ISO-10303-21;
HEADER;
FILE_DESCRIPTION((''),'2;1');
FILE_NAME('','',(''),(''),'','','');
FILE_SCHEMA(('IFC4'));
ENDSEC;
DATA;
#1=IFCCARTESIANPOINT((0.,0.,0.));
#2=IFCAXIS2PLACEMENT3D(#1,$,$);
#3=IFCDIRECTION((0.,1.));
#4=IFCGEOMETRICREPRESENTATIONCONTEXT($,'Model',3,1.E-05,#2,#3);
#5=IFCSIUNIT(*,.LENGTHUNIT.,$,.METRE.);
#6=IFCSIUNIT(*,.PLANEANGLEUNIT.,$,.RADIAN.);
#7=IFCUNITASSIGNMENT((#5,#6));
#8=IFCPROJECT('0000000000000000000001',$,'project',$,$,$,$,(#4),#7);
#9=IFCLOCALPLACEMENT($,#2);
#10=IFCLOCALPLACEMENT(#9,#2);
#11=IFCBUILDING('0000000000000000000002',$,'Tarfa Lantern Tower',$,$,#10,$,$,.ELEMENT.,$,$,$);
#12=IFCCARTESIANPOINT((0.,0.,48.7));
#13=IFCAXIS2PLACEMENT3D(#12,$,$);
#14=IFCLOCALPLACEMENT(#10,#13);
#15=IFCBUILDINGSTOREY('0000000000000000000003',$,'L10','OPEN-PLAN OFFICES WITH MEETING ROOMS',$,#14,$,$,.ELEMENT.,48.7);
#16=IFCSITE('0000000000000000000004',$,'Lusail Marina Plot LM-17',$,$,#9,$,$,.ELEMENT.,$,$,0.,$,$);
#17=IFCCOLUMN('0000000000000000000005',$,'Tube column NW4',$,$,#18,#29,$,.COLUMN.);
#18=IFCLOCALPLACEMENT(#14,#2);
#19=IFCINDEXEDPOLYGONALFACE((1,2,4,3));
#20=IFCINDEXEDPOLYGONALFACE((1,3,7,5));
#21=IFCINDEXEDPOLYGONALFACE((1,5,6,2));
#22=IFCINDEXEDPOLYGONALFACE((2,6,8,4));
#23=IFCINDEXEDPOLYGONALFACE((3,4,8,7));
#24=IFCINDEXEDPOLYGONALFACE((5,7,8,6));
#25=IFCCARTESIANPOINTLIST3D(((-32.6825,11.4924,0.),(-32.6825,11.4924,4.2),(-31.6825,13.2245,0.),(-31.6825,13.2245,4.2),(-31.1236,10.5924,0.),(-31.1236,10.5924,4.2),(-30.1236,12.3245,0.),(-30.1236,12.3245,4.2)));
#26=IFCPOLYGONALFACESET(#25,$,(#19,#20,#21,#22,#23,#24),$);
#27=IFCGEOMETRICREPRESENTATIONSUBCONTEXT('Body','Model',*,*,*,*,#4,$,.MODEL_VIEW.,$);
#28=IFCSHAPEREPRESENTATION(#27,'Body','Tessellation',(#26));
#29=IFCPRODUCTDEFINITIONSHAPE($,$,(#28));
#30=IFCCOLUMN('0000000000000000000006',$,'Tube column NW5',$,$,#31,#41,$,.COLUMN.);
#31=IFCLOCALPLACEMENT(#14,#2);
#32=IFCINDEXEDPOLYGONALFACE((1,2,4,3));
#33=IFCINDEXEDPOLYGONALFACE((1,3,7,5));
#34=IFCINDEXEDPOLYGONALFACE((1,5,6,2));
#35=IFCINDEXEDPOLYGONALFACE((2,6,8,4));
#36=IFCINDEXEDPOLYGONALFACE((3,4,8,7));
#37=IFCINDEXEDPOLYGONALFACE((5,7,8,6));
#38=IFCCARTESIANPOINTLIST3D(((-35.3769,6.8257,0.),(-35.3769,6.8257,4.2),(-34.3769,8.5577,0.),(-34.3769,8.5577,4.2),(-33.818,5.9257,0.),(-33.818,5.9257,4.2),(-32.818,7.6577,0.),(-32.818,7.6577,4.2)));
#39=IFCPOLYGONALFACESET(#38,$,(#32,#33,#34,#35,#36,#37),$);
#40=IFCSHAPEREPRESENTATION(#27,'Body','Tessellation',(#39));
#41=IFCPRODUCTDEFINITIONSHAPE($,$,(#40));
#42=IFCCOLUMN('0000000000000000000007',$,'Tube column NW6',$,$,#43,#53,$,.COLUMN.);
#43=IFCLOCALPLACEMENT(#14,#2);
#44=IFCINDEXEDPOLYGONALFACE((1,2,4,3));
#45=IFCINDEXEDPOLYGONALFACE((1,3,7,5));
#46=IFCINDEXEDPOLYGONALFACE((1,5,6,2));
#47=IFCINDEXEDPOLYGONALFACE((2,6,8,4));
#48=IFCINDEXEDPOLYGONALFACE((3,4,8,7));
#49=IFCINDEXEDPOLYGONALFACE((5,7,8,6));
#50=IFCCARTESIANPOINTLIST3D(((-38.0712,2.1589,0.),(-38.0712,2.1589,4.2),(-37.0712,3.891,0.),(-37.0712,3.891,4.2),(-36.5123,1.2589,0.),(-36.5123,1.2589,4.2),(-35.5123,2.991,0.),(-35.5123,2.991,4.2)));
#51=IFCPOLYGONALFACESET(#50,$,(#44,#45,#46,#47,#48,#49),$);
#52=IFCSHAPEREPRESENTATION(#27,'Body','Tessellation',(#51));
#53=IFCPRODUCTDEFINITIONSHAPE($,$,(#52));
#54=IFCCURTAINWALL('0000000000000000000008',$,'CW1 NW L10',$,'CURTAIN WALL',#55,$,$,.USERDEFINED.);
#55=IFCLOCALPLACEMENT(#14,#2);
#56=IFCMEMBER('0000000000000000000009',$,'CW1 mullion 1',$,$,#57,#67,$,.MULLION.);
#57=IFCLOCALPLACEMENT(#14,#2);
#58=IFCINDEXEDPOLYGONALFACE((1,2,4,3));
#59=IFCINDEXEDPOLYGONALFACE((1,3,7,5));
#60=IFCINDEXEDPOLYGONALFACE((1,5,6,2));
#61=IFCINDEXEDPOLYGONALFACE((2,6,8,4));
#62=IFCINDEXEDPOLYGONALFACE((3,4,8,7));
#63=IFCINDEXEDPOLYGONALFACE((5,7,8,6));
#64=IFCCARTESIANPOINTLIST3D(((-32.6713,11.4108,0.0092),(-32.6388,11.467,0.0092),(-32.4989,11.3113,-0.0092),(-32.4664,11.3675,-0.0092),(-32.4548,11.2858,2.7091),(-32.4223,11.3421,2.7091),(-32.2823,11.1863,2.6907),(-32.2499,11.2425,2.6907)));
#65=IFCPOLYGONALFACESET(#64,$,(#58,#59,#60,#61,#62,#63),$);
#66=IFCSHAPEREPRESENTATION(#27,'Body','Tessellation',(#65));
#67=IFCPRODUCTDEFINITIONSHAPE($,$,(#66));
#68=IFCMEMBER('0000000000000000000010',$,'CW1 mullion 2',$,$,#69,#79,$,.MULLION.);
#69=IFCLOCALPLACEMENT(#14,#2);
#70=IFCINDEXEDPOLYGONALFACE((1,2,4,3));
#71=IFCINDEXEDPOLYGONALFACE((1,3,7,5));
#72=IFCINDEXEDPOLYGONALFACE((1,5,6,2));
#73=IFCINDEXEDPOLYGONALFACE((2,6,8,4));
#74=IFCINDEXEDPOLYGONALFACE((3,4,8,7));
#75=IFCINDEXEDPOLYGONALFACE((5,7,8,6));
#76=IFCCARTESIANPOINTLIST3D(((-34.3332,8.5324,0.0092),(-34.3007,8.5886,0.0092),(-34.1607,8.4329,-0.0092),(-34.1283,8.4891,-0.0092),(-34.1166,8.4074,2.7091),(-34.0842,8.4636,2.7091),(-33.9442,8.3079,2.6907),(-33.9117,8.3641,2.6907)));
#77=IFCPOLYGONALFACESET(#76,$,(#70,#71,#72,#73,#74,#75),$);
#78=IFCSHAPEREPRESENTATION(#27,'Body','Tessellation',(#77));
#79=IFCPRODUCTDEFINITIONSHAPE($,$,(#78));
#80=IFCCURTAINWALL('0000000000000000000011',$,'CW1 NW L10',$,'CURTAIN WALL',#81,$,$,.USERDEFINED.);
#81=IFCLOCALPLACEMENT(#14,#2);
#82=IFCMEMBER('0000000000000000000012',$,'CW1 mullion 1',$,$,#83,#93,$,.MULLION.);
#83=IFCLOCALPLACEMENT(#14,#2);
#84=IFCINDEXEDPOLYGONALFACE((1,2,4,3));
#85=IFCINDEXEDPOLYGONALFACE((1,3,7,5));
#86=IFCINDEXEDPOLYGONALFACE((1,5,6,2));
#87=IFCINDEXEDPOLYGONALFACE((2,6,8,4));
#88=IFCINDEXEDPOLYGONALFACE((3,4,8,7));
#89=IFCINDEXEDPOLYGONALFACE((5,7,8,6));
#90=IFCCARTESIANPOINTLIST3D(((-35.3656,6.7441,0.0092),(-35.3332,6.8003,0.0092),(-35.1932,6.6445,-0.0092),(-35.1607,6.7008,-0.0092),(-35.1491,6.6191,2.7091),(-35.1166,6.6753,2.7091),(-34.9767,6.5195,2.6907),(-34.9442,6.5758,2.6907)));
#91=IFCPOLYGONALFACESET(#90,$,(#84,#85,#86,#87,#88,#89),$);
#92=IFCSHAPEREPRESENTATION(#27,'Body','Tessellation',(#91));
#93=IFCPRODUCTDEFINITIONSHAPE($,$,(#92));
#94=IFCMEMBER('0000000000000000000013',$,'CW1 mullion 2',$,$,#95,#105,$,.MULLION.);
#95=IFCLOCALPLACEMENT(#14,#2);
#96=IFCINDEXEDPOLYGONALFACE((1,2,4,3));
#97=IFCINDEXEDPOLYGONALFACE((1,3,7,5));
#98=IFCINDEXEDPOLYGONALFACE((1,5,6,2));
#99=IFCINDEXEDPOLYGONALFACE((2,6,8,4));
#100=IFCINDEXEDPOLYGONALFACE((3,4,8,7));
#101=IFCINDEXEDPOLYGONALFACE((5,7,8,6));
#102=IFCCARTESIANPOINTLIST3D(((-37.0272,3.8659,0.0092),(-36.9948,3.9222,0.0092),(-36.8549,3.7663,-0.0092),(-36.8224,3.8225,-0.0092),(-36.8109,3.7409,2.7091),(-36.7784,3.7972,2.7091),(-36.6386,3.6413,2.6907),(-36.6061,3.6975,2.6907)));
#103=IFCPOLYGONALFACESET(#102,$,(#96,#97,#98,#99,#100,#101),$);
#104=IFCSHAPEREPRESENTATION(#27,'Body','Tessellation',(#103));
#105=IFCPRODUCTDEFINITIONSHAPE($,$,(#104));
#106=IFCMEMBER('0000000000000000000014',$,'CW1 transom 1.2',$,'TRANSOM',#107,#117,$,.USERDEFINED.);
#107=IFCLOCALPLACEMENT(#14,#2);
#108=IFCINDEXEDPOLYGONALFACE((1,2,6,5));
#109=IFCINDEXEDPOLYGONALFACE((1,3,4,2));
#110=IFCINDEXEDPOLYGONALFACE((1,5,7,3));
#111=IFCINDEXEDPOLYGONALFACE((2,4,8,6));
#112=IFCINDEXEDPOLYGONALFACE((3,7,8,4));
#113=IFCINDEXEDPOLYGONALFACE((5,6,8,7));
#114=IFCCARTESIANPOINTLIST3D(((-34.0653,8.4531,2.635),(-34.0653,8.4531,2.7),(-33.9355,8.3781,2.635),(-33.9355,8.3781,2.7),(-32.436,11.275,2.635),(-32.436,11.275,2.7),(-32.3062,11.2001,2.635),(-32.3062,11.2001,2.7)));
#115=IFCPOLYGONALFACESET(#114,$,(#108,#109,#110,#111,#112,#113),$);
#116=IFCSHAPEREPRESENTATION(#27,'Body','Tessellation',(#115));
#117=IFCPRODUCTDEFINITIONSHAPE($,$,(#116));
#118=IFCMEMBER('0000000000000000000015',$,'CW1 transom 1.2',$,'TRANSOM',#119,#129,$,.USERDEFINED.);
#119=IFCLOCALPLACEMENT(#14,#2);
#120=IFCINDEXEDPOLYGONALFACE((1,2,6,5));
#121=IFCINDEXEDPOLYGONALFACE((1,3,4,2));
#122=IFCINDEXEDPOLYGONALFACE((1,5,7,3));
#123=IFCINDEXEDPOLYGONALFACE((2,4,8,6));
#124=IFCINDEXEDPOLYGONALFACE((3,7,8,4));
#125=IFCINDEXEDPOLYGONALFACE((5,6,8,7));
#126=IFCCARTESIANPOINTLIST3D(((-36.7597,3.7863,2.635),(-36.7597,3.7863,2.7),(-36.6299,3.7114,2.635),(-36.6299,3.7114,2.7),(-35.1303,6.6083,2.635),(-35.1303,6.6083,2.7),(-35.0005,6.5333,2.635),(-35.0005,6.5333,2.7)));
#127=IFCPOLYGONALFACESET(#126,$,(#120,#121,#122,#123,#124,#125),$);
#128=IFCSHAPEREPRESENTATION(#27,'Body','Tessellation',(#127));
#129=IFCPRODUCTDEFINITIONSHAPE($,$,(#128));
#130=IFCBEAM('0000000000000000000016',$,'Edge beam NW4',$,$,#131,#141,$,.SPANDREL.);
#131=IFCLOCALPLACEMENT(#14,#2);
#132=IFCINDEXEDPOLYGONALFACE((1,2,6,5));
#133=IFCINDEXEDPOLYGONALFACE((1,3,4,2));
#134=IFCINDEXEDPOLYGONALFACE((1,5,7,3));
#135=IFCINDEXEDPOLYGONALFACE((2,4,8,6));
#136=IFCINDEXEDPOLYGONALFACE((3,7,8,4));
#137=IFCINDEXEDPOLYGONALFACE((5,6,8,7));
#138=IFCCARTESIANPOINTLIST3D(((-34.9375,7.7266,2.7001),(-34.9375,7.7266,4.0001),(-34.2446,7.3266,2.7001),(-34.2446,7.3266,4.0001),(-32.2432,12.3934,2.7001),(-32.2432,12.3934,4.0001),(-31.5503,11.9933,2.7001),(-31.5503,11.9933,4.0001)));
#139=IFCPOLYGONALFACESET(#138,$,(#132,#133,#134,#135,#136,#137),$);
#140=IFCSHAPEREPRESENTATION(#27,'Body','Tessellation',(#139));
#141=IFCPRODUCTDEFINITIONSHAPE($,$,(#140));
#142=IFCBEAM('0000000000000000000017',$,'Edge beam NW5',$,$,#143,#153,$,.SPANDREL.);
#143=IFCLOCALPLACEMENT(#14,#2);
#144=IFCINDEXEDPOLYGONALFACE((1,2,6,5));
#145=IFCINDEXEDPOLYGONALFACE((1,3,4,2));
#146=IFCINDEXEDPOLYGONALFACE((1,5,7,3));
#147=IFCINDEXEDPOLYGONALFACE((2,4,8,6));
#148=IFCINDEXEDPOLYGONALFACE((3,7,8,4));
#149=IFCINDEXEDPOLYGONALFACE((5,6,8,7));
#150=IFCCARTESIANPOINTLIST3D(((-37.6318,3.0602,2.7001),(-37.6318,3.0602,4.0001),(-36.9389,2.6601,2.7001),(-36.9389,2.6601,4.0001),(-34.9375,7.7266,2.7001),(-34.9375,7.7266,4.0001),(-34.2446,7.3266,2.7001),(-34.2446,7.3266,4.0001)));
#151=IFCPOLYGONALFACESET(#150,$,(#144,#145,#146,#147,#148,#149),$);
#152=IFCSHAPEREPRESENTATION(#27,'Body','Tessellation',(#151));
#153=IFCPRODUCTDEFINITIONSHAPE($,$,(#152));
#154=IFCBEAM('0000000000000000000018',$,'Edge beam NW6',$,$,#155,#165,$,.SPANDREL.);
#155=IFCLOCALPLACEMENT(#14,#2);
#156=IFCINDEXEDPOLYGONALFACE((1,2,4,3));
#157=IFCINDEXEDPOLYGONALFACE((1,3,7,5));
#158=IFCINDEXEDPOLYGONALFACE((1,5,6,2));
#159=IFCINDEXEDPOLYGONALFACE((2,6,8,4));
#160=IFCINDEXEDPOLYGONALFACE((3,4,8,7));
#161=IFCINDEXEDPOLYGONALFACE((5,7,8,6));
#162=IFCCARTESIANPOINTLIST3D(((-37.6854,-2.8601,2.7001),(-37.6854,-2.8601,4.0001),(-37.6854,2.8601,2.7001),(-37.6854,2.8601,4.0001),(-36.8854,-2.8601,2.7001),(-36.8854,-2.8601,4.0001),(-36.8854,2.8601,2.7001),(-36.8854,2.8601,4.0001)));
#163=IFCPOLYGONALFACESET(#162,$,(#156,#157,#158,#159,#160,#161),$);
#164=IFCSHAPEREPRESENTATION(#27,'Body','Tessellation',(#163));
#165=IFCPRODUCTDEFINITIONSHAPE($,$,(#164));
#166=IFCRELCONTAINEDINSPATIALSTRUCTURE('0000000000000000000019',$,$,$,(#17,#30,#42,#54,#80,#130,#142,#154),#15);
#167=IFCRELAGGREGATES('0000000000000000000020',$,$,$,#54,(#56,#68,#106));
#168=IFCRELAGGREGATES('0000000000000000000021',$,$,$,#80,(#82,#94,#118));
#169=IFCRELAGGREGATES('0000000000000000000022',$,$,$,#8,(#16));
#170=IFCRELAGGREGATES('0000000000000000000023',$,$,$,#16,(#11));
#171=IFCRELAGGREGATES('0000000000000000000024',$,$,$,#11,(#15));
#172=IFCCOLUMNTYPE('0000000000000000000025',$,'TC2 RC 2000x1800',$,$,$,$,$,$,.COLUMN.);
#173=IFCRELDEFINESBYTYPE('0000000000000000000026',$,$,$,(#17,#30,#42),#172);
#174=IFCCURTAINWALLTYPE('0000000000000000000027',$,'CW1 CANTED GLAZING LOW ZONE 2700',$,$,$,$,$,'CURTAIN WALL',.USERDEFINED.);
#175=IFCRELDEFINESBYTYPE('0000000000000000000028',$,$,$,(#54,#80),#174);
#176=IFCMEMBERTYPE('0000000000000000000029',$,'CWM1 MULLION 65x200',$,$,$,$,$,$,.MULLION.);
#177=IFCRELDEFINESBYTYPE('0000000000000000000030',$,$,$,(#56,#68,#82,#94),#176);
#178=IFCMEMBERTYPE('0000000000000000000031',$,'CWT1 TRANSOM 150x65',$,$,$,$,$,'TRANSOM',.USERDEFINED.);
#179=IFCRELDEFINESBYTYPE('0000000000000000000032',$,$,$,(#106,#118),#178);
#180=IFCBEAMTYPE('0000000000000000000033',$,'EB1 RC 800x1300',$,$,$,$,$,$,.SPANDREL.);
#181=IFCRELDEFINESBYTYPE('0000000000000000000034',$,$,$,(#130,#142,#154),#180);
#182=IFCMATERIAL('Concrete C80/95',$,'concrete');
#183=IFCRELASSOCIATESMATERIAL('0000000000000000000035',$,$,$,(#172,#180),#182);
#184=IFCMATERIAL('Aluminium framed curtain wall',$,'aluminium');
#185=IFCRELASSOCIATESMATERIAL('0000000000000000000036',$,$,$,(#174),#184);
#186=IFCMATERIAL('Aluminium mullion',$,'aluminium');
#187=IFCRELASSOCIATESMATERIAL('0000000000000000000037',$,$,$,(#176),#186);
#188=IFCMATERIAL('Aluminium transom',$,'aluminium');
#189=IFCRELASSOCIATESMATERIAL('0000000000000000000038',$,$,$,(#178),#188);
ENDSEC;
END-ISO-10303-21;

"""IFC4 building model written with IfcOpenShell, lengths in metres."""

from ifc_helpers import new_model, si_unit, direction, frame, origin, origin_2d, place, context, subcontext, project, spatial, rectangle, extrude, material, material_profile, profile_set, type_object, element, aggregate, save


model = new_model("IFC4")

# Units and contexts
model_context = context("Model", 3, precision=1e-05, world=origin(), true_north=direction((0.0, 1.0)))
body_context = subcontext(model_context, "Body", "Model", "MODEL_VIEW")
ifc_project = project(units=[si_unit("LENGTHUNIT", "METRE"), si_unit("PLANEANGLEUNIT", "RADIAN")], contexts=[model_context])

# Site, building, storey
site_placement = place(None, origin())
site = spatial("IfcSite", under=ifc_project, at=site_placement, Name="Lusail Marina Plot LM-17", CompositionType="ELEMENT", RefElevation=0.0)
building_placement = place(site_placement, origin())
building = spatial("IfcBuilding", under=site, at=building_placement, Name="Tarfa Lantern Tower", CompositionType="ELEMENT")
storey_placement = place(building_placement, frame((0.0, 0.0, 48.7)))
storey = spatial("IfcBuildingStorey", under=building, at=storey_placement, Name="L10", Description="OPEN-PLAN OFFICES WITH MEETING ROOMS", CompositionType="ELEMENT", Elevation=48.7)

# Columns
ifc_material_1 = material(Name="Concrete C80/95", Category="concrete")
ifc_material_profile_1 = material_profile(ifc_material_1, rectangle(XDim=2.0, YDim=1.8, at=origin_2d()), Name="RC 2000x1800")
ifc_profile_set_1 = profile_set([ifc_material_profile_1], Name="Concrete C80/95")
column_type = type_object("IfcColumnType", Name="TC2 RC 2000x1800", PredefinedType="COLUMN", material=ifc_profile_set_1)
for number, where, z_axis, x_axis, name in (
    (1, (-31.4031, 11.9084, 0.0), (0.0, 0.0, 1.0), (-0.5, -0.866025, 0.0), "Tube column NW4"),
    (2, (-34.0974, 7.2417, 0.0), (0.0, 0.0, 1.0), (-0.5, -0.866025, 0.0), "Tube column NW5"),
    (3, (-36.7917, 2.575, 0.0), (0.0, 0.0, 1.0), (-0.5, -0.866025, 0.0), "Tube column NW6"),
):
    element("IfcColumn", number, at=place(storey_placement, frame(where, z_axis=z_axis, x_axis=x_axis)), inside=storey, type_object=column_type, Name=name, PredefinedType="COLUMN", context=body_context, shape_type="SweptSolid", body=[
        extrude(rectangle(XDim=2.0, YDim=1.8, at=origin_2d()), origin(), (0.0, 0.0, 1.0), 4.2),
    ])

# Curtain walls, members
ifc_material_2 = material(Name="Aluminium framed curtain wall", Category="aluminium")
curtain_wall_type = type_object("IfcCurtainWallType", Name="CW1 CANTED GLAZING LOW ZONE 2700", ElementType="CURTAIN WALL", PredefinedType="USERDEFINED", material=ifc_material_2)
curtain_wall_1_placement = place(storey_placement, origin())
curtain_wall_1 = element("IfcCurtainWall", 4, at=curtain_wall_1_placement, inside=storey, type_object=curtain_wall_type, Name="CW1 NW L10", ObjectType="CURTAIN WALL", PredefinedType="USERDEFINED")
ifc_material_3 = material(Name="Aluminium mullion", Category="aluminium")
ifc_material_profile_2 = material_profile(ifc_material_3, rectangle(XDim=0.0649, YDim=0.2, at=origin_2d()), Name="AL MULLION 65x200")
ifc_profile_set_2 = profile_set([ifc_material_profile_2], Name="Aluminium mullion")
member_type_1 = type_object("IfcMemberType", Name="CWM1 MULLION 65x200", PredefinedType="MULLION", material=ifc_profile_set_2)
member_1_placement = place(storey_placement, frame((-32.5688, 11.3892, 0.0), z_axis=(0.079864, -0.0461, 0.995739), x_axis=(0.49992, 0.866072, 0.0)))
member_1 = element("IfcMember", 5, at=member_1_placement, type_object=member_type_1, Name="CW1 mullion 1", PredefinedType="MULLION", context=body_context, shape_type="SweptSolid", body=[
    extrude(rectangle(XDim=0.0649, YDim=0.2, at=origin_2d()), origin(), (0.0, 0.0, 1.0), 2.7114),
])
member_2_placement = place(storey_placement, frame((-34.2307, 8.5107, 0.0), z_axis=(0.079864, -0.0461, 0.995739), x_axis=(0.49992, 0.866072, 0.0)))
member_2 = element("IfcMember", 6, at=member_2_placement, type_object=member_type_1, Name="CW1 mullion 2", PredefinedType="MULLION", context=body_context, shape_type="SweptSolid", body=[
    extrude(rectangle(XDim=0.0649, YDim=0.2, at=origin_2d()), origin(), (0.0, 0.0, 1.0), 2.7114),
])
curtain_wall_2_placement = place(storey_placement, origin())
curtain_wall_2 = element("IfcCurtainWall", 7, at=curtain_wall_2_placement, inside=storey, type_object=curtain_wall_type, Name="CW1 NW L10", ObjectType="CURTAIN WALL", PredefinedType="USERDEFINED")
member_3_placement = place(storey_placement, frame((-35.2632, 6.7224, 0.0), z_axis=(0.079864, -0.0461, 0.995739), x_axis=(0.49992, 0.866072, 0.0)))
member_3 = element("IfcMember", 8, at=member_3_placement, type_object=member_type_1, Name="CW1 mullion 1", PredefinedType="MULLION", context=body_context, shape_type="SweptSolid", body=[
    extrude(rectangle(XDim=0.0649, YDim=0.2, at=origin_2d()), origin(), (0.0, 0.0, 1.0), 2.7114),
])
member_4_placement = place(storey_placement, frame((-36.9248, 3.8442, 0.0), z_axis=(0.079775, -0.0461, 0.995746), x_axis=(0.500343, 0.865827, 0.0)))
member_4 = element("IfcMember", 9, at=member_4_placement, type_object=member_type_1, Name="CW1 mullion 2", PredefinedType="MULLION", context=body_context, shape_type="SweptSolid", body=[
    extrude(rectangle(XDim=0.0649, YDim=0.2, at=origin_2d()), origin(), (0.0, 0.0, 1.0), 2.7114),
])

# Members
ifc_material_4 = material(Name="Aluminium transom", Category="aluminium")
ifc_material_profile_3 = material_profile(ifc_material_4, rectangle(XDim=0.1499, YDim=0.0649, at=origin_2d()), Name="AL TRANSOM 150x65")
ifc_profile_set_3 = profile_set([ifc_material_profile_3], Name="Aluminium transom")
member_type_2 = type_object("IfcMemberType", Name="CWT1 TRANSOM 150x65", ElementType="TRANSOM", PredefinedType="USERDEFINED", material=ifc_profile_set_3)
member_5_placement = place(storey_placement, frame((-32.3711, 11.2375, 2.6675), z_axis=(-0.500023, -0.866012, 0.0), x_axis=(0.866012, -0.500023, 0.0)))
member_5 = element("IfcMember", 10, at=member_5_placement, type_object=member_type_2, Name="CW1 transom 1.2", ObjectType="TRANSOM", PredefinedType="USERDEFINED", context=body_context, shape_type="SweptSolid", body=[
    extrude(rectangle(XDim=0.1499, YDim=0.0649, at=origin_2d()), origin(), (0.0, 0.0, 1.0), 3.2585),
])
member_6_placement = place(storey_placement, frame((-35.0654, 6.5708, 2.6675), z_axis=(-0.500023, -0.866012, 0.0), x_axis=(0.866012, -0.500023, 0.0)))
member_6 = element("IfcMember", 11, at=member_6_placement, type_object=member_type_2, Name="CW1 transom 1.2", ObjectType="TRANSOM", PredefinedType="USERDEFINED", context=body_context, shape_type="SweptSolid", body=[
    extrude(rectangle(XDim=0.1499, YDim=0.0649, at=origin_2d()), origin(), (0.0, 0.0, 1.0), 3.2585),
])

# Beams
ifc_material_profile_4 = material_profile(ifc_material_1, rectangle(XDim=0.8, YDim=1.3, at=origin_2d()), Name="RC 800x1300")
ifc_profile_set_4 = profile_set([ifc_material_profile_4], Name="Concrete C80/95")
beam_type_1 = type_object("IfcBeamType", Name="EB1 RC 800x1300", PredefinedType="SPANDREL", material=ifc_profile_set_4)
beam_1_placement = place(storey_placement, frame((-31.8967, 12.1934, 3.3501), z_axis=(-0.499998, -0.866026, 0.0), x_axis=(0.866026, -0.499998, 0.0)))
element("IfcBeam", 12, at=beam_1_placement, inside=storey, type_object=beam_type_1, Name="Edge beam NW4", PredefinedType="SPANDREL", context=body_context, shape_type="SweptSolid", body=[
    extrude(rectangle(XDim=0.8, YDim=1.3, at=origin_2d()), origin(), (0.0, 0.0, 1.0), 5.3887),
])
beam_2_placement = place(storey_placement, frame((-34.5911, 7.5266, 3.3501), z_axis=(-0.500018, -0.866015, 0.0), x_axis=(0.866015, -0.500018, 0.0)))
element("IfcBeam", 13, at=beam_2_placement, inside=storey, type_object=beam_type_1, Name="Edge beam NW5", PredefinedType="SPANDREL", context=body_context, shape_type="SweptSolid", body=[
    extrude(rectangle(XDim=0.8, YDim=1.3, at=origin_2d()), origin(), (0.0, 0.0, 1.0), 5.3884),
])
beam_3_placement = place(storey_placement, frame((-37.2854, 2.8601, 3.3501), z_axis=(0.0, -1.0, 0.0), x_axis=(1.0, 0.0, 0.0)))
element("IfcBeam", 14, at=beam_3_placement, inside=storey, type_object=beam_type_1, Name="Edge beam NW6", PredefinedType="SPANDREL", context=body_context, shape_type="SweptSolid", body=[
    extrude(rectangle(XDim=0.8, YDim=1.3, at=origin_2d()), origin(), (0.0, 0.0, 1.0), 5.7202),
])

aggregate(curtain_wall_1, [member_1, member_2, member_5])
aggregate(curtain_wall_2, [member_3, member_4, member_6])

save(model, "model.ifc")
